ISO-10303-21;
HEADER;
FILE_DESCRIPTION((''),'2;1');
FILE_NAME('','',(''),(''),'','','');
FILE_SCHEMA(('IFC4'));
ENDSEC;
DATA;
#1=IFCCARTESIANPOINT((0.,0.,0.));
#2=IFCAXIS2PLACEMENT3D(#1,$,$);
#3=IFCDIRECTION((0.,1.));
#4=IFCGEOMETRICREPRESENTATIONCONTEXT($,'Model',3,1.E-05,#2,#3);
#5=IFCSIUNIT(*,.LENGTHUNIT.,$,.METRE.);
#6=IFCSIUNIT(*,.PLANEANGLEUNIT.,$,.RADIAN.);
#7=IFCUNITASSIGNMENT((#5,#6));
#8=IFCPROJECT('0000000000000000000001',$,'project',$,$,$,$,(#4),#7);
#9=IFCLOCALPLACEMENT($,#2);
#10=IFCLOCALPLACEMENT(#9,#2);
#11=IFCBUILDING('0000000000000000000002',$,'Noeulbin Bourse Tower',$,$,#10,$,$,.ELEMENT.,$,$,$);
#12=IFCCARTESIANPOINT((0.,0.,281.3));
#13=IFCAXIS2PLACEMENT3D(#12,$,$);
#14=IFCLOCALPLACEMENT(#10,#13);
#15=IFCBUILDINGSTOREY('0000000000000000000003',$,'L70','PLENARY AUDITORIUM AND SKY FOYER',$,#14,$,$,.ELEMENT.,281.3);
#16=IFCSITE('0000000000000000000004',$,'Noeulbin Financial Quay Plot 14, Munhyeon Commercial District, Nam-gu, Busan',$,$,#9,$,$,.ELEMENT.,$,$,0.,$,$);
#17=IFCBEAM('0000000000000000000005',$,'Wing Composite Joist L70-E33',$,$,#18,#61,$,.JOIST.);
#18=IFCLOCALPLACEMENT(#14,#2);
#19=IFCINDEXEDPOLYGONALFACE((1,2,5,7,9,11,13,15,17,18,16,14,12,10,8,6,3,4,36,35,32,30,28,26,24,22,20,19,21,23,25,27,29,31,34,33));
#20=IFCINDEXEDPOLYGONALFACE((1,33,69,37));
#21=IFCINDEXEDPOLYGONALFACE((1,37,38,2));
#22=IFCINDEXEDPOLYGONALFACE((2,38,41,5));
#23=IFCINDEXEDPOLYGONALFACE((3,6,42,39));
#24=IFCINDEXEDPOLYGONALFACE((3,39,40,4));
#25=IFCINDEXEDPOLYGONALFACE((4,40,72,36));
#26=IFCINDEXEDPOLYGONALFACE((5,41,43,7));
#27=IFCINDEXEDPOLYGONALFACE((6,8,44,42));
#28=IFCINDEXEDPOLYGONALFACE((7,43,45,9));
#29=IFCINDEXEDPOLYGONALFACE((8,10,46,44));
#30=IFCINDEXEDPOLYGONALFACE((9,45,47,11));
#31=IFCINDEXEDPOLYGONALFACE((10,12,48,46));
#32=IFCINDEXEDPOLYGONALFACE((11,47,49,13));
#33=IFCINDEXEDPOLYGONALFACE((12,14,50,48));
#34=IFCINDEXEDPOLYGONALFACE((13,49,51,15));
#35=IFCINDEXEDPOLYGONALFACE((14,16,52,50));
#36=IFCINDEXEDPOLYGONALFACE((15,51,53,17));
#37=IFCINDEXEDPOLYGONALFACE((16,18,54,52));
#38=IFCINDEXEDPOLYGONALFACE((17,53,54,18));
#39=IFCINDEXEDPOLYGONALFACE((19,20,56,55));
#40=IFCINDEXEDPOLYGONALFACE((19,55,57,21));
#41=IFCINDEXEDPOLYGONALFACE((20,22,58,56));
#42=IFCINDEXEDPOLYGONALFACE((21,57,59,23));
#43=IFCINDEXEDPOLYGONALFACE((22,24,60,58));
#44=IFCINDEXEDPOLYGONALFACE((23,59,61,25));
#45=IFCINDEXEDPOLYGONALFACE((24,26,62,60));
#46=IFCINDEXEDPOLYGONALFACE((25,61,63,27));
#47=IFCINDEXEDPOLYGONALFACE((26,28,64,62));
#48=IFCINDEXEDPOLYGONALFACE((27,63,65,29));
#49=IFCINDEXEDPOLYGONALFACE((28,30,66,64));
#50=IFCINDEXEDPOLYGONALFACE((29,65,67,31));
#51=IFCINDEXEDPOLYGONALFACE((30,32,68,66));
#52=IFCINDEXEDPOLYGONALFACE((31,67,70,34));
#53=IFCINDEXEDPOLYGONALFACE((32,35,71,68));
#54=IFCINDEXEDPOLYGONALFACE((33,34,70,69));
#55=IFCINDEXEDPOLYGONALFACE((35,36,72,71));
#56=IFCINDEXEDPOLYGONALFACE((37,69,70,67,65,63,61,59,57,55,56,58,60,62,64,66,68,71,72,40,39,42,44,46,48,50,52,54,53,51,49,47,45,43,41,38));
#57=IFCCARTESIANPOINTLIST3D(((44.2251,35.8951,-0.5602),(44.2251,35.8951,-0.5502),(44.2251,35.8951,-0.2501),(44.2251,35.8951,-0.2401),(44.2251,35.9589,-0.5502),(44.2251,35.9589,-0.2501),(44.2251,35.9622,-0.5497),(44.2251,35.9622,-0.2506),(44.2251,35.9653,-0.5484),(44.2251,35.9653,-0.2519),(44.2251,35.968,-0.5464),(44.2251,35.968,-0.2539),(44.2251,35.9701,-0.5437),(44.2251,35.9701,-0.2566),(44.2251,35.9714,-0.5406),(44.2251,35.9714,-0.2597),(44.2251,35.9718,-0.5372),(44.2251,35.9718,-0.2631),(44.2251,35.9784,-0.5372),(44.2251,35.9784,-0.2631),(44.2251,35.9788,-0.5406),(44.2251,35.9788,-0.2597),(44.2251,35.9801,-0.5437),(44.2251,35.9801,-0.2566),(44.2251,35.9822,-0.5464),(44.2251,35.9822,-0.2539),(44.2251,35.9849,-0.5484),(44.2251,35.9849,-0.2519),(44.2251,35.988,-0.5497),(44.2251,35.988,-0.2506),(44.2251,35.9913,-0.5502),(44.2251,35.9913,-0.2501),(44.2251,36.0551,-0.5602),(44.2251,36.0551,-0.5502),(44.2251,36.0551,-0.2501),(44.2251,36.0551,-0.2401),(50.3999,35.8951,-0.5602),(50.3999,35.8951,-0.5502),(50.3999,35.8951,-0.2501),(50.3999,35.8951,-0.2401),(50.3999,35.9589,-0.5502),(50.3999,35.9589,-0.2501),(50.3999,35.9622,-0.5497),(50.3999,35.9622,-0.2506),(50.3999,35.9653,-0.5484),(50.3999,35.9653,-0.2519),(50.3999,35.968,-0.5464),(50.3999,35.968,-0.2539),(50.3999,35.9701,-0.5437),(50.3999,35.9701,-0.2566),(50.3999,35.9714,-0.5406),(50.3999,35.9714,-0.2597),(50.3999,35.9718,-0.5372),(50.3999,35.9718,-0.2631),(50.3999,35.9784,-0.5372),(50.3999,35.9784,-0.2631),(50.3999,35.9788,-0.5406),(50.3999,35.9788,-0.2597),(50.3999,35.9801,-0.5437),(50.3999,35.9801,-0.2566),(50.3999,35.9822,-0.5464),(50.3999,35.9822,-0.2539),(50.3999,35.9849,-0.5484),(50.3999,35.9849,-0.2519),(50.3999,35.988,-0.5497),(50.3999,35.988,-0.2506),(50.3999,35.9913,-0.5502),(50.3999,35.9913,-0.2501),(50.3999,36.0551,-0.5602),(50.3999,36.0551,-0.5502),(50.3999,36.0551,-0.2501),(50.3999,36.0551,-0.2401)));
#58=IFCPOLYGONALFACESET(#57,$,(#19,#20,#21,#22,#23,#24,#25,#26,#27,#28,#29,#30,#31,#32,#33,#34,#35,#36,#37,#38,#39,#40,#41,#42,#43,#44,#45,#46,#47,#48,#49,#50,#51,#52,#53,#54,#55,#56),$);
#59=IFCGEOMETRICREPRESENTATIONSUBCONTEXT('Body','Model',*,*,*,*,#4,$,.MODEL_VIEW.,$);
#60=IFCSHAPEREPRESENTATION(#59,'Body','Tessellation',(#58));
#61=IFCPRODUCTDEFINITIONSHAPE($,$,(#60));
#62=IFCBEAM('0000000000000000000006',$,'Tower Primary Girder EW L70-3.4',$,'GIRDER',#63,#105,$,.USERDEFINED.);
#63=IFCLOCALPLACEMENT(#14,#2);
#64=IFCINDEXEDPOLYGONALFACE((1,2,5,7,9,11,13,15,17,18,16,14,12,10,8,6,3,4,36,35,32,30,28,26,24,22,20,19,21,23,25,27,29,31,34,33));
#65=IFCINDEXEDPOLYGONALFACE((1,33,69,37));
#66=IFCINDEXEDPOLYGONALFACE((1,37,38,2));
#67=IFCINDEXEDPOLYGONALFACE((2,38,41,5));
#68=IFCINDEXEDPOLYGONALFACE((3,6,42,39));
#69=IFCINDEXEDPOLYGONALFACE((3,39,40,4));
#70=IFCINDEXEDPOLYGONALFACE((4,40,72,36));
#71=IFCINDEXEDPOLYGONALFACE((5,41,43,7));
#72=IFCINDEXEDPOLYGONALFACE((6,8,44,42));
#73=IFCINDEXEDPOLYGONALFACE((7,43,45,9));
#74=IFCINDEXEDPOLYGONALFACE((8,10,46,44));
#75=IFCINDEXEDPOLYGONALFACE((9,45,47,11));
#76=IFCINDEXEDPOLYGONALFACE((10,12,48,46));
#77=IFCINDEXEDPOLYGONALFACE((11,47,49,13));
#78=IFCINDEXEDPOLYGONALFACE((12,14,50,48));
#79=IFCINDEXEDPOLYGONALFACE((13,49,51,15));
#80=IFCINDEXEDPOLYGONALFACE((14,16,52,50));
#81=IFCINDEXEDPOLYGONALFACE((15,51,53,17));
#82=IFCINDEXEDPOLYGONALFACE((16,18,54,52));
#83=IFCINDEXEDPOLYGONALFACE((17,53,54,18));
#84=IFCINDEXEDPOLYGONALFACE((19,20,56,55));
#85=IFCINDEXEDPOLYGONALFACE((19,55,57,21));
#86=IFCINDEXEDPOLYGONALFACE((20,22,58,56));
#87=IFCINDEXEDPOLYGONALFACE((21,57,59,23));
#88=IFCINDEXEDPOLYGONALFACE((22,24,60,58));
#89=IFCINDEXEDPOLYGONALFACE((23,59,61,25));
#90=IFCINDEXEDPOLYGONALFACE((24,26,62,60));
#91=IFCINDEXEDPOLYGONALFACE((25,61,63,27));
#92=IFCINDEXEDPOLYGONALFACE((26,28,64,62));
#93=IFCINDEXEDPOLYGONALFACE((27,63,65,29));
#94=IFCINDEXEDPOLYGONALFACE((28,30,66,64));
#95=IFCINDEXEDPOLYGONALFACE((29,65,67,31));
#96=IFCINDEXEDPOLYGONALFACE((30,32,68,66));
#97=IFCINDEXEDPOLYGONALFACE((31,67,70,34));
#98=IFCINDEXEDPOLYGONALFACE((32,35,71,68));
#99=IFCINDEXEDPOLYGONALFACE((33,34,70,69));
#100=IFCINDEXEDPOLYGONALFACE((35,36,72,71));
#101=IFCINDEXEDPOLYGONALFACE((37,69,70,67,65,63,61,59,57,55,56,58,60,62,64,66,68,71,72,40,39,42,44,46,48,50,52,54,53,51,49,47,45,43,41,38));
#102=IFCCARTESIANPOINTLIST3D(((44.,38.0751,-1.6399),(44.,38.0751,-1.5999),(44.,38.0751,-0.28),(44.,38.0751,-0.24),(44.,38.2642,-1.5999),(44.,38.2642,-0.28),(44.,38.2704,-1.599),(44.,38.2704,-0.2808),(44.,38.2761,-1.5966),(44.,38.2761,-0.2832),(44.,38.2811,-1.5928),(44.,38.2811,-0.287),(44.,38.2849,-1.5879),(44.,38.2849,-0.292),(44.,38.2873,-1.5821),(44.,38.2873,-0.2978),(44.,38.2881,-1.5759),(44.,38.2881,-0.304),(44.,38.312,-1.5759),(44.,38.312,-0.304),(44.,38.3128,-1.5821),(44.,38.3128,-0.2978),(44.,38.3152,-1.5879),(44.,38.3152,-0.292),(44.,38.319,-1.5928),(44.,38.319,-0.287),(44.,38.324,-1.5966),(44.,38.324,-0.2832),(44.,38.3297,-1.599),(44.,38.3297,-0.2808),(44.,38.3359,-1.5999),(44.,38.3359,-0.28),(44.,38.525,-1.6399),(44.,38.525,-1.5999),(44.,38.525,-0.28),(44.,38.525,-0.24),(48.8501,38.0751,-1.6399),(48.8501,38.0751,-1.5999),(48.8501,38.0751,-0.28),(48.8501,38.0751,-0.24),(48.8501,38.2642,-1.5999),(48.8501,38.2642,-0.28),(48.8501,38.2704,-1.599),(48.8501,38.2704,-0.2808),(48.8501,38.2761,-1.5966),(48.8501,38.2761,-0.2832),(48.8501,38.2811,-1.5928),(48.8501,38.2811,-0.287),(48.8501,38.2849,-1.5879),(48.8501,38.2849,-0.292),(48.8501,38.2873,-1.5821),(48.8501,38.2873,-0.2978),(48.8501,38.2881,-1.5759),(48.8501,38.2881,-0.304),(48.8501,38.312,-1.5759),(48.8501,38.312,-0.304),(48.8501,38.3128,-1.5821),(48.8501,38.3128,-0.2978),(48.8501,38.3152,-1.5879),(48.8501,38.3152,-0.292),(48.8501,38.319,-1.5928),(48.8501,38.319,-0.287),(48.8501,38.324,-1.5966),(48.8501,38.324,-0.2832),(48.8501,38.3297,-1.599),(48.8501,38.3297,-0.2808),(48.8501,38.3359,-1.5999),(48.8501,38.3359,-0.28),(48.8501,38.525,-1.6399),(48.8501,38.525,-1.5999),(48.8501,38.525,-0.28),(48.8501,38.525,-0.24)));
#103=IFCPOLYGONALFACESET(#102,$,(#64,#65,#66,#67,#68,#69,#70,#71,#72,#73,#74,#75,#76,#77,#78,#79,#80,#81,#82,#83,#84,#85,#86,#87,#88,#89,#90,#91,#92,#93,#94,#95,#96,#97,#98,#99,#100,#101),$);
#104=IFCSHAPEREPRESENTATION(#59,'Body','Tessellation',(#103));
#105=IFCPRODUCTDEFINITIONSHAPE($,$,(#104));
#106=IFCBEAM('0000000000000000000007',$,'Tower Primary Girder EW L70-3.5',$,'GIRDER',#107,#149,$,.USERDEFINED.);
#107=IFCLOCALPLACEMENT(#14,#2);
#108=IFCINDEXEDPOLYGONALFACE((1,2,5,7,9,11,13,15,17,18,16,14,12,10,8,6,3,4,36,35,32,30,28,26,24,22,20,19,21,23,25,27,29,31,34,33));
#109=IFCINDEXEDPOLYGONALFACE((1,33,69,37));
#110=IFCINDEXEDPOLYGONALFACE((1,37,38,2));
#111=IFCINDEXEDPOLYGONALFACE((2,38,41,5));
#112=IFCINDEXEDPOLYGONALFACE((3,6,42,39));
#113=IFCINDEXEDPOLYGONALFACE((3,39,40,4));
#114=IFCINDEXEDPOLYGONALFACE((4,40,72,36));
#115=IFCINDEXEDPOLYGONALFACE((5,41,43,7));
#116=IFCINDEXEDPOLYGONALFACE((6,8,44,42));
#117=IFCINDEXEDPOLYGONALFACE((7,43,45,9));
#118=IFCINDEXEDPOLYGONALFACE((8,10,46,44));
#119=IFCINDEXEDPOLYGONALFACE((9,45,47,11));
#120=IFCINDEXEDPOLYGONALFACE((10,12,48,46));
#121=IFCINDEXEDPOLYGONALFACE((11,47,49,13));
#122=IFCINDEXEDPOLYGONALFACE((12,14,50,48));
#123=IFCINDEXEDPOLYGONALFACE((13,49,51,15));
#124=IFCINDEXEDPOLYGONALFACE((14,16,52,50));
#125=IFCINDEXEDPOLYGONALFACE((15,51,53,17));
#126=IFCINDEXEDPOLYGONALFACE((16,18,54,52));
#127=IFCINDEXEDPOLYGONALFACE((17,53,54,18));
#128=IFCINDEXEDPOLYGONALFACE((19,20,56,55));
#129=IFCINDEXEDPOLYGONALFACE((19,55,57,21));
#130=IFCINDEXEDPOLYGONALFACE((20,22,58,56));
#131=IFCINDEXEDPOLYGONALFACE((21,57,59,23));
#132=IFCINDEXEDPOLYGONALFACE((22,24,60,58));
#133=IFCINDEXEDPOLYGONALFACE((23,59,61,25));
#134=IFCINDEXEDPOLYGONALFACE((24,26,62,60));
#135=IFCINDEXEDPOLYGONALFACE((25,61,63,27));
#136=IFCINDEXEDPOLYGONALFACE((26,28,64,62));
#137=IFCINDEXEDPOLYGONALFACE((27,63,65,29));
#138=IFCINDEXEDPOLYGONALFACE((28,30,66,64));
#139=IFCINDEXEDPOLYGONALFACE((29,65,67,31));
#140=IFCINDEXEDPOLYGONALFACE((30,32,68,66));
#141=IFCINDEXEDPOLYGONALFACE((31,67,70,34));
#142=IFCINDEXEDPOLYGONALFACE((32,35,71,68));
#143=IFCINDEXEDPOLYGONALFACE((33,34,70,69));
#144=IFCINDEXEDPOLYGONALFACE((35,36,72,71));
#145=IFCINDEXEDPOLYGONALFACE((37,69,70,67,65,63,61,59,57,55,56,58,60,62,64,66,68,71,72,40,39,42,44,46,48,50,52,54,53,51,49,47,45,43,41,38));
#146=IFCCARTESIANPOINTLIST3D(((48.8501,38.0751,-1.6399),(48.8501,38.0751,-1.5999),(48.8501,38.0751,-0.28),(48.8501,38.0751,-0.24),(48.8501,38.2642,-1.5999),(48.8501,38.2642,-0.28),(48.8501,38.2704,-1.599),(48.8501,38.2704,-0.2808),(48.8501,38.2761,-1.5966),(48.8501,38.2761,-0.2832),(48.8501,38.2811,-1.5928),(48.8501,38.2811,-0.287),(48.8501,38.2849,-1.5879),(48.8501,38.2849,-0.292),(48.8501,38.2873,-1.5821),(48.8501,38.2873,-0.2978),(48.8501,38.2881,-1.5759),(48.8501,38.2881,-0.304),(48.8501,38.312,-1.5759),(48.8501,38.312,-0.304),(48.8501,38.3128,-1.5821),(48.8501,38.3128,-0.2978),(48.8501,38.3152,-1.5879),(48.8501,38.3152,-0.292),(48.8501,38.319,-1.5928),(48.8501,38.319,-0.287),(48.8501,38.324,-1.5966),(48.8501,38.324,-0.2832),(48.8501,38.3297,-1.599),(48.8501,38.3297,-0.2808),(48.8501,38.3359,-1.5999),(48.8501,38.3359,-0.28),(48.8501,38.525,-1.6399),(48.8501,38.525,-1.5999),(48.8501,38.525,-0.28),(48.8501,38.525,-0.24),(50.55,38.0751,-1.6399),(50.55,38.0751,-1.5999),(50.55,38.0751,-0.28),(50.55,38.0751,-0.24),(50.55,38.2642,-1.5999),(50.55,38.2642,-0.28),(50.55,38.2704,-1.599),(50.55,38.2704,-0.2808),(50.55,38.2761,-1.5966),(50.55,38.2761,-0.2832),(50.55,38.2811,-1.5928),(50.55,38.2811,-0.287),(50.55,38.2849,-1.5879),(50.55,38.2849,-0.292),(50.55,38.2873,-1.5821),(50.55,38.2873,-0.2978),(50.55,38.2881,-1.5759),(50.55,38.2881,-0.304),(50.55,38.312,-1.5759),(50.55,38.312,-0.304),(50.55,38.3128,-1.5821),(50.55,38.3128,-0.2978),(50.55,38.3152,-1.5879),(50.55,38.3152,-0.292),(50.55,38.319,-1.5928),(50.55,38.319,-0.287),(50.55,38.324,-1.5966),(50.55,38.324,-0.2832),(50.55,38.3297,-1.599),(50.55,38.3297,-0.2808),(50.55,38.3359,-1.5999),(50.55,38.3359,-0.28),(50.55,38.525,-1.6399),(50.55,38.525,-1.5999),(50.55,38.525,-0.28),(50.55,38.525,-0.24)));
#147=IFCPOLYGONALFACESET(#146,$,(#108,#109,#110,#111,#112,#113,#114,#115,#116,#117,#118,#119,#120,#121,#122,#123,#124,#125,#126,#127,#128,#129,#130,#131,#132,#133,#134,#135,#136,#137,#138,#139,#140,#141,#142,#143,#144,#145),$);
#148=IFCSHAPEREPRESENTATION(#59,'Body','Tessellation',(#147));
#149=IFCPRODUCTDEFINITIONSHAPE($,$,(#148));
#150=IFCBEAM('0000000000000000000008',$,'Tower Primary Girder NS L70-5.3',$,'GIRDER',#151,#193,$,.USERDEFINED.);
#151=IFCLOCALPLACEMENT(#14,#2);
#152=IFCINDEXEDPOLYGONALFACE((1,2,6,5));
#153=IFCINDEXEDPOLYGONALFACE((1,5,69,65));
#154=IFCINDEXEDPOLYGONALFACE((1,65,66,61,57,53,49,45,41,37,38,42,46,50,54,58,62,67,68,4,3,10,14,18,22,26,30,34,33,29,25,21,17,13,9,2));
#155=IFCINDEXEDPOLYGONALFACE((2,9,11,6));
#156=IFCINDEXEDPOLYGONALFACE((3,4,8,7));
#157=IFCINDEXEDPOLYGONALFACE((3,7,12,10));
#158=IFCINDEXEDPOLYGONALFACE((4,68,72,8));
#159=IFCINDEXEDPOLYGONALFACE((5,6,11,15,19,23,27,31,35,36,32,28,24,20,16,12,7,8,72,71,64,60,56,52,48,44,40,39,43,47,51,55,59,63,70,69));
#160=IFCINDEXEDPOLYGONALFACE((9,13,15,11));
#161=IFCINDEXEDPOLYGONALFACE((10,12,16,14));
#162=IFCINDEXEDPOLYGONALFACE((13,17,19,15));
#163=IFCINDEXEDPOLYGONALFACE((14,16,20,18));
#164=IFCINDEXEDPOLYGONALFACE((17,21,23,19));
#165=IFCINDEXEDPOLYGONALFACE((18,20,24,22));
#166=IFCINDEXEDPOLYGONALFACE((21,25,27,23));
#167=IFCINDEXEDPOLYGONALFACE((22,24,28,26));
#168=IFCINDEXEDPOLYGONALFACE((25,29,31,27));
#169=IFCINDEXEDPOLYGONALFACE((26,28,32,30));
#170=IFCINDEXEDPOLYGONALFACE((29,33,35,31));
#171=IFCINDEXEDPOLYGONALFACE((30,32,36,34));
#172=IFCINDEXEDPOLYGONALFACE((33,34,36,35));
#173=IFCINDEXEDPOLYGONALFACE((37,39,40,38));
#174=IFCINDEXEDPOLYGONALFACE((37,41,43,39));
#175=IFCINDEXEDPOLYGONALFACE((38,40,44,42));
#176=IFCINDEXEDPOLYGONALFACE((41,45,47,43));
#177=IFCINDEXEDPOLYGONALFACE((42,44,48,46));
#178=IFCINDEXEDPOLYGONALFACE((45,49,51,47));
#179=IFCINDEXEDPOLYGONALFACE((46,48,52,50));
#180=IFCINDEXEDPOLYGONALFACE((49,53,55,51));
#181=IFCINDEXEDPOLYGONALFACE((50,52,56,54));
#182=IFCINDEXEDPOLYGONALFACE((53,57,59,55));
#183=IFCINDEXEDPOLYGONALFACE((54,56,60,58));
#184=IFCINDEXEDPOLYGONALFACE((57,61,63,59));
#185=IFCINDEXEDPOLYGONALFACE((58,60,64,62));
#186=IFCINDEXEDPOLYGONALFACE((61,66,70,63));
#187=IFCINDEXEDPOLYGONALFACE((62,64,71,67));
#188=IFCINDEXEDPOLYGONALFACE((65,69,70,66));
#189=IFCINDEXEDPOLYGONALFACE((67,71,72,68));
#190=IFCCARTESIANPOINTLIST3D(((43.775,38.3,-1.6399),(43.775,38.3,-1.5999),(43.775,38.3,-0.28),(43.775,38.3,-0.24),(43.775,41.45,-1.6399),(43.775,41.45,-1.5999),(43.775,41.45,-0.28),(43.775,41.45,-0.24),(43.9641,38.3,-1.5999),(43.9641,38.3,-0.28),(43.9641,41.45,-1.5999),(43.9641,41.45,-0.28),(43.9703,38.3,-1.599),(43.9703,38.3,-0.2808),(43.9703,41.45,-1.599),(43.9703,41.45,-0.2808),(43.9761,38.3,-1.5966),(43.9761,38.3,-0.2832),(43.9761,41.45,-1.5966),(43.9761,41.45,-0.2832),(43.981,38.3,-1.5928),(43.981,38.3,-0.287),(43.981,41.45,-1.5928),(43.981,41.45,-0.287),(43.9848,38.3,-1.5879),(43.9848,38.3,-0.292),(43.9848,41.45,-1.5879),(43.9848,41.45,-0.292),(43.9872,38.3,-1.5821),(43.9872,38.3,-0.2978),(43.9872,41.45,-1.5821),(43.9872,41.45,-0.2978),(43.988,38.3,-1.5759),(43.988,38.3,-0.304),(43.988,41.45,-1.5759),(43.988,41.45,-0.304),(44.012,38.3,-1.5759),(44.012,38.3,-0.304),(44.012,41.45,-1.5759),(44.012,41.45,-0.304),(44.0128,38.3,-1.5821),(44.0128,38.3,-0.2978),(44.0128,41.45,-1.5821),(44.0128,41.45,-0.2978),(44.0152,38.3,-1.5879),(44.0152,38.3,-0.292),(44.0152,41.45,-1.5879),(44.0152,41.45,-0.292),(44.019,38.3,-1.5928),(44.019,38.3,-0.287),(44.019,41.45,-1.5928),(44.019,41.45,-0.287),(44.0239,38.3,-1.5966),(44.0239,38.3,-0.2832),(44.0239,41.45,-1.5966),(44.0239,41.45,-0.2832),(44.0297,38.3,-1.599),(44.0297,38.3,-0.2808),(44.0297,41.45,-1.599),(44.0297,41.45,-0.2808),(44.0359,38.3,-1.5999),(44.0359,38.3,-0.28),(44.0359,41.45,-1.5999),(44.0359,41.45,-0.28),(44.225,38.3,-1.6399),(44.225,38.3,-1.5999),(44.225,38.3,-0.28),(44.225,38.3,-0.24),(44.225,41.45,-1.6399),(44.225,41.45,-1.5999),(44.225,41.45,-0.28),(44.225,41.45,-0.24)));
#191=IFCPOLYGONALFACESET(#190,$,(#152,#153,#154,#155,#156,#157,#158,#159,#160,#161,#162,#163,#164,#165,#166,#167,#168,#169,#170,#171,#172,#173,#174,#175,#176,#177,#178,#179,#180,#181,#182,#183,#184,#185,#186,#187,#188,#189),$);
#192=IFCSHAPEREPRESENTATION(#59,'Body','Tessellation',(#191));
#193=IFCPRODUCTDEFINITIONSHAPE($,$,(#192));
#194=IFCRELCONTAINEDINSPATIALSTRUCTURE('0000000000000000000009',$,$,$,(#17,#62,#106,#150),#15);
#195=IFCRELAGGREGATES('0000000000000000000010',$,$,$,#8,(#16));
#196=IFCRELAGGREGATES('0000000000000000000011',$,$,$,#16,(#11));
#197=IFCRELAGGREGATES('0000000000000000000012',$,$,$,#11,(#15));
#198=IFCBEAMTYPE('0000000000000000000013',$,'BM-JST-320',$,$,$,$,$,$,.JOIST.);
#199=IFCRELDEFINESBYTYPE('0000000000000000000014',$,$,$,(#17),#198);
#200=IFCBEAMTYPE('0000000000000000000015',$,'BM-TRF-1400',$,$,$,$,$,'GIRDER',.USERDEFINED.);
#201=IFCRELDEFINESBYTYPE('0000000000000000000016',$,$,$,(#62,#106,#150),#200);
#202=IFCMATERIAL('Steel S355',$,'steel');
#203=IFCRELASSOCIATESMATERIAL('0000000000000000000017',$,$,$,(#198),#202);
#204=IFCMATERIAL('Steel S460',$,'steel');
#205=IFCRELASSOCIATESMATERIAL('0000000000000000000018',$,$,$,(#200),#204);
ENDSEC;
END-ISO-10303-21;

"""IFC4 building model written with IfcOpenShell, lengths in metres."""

from ifc_helpers import new_model, si_unit, direction, frame, origin, origin_2d, place, context, subcontext, project, spatial, i_section, extrude, material, material_profile, profile_set, type_object, element, save


model = new_model("IFC4")

# Units and contexts
model_context = context("Model", 3, precision=1e-05, world=origin(), true_north=direction((0.0, 1.0)))
body_context = subcontext(model_context, "Body", "Model", "MODEL_VIEW")
ifc_project = project(units=[si_unit("LENGTHUNIT", "METRE"), si_unit("PLANEANGLEUNIT", "RADIAN")], contexts=[model_context])

# Site, building, storey
site_placement = place(None, origin())
site = spatial("IfcSite", under=ifc_project, at=site_placement, Name="Noeulbin Financial Quay Plot 14, Munhyeon Commercial District, Nam-gu, Busan", CompositionType="ELEMENT", RefElevation=0.0)
building_placement = place(site_placement, origin())
building = spatial("IfcBuilding", under=site, at=building_placement, Name="Noeulbin Bourse Tower", CompositionType="ELEMENT")
storey_placement = place(building_placement, frame((0.0, 0.0, 281.3)))
storey = spatial("IfcBuildingStorey", under=building, at=storey_placement, Name="L70", Description="PLENARY AUDITORIUM AND SKY FOYER", CompositionType="ELEMENT", Elevation=281.3)

# Shared definitions
ifc_material_1 = material(Name="Steel S355", Category="steel")

# Beams
ifc_material_profile_1 = material_profile(ifc_material_1, i_section(OverallWidth=0.1599, OverallDepth=0.3201, WebThickness=0.0066, FlangeThickness=0.01, FilletRadius=0.0129, at=origin_2d()), Name="H-320x160x6.5x10", Category="LoadBearing")
ifc_profile_set_1 = profile_set([ifc_material_profile_1], Name="Steel S355")
beam_type_1 = type_object("IfcBeamType", Name="BM-JST-320", PredefinedType="JOIST", material=ifc_profile_set_1)
for number, where, z_axis, x_axis, name in (
    (1, (44.2251, 35.9751, -0.4001), (1.0, 0.0, 0.0), (0.0, 1.0, 0.0), "Wing Composite Joist L70-E33"),
):
    element("IfcBeam", number, at=place(storey_placement, frame(where, z_axis=z_axis, x_axis=x_axis)), inside=storey, type_object=beam_type_1, Name=name, PredefinedType="JOIST", context=body_context, shape_type="SweptSolid", body=[
        extrude(i_section(OverallWidth=0.1599, OverallDepth=0.3201, WebThickness=0.0066, FlangeThickness=0.01, FilletRadius=0.0129, at=origin_2d()), origin(), (0.0, 0.0, 1.0), 6.1748),
    ])
ifc_material_2 = material(Name="Steel S460", Category="steel")
ifc_material_profile_2 = material_profile(ifc_material_2, i_section(OverallWidth=0.45, OverallDepth=1.3999, WebThickness=0.0239, FlangeThickness=0.04, FilletRadius=0.0239, at=origin_2d()), Name="PG-1400x450x24x40", Category="LoadBearing")
ifc_profile_set_2 = profile_set([ifc_material_profile_2], Name="Steel S460")
beam_type_2 = type_object("IfcBeamType", Name="BM-TRF-1400", ElementType="GIRDER", PredefinedType="USERDEFINED", material=ifc_profile_set_2)
beam_1_placement = place(storey_placement, frame((44.0, 38.3, -0.9399), z_axis=(1.0, 0.0, 0.0), x_axis=(0.0, 1.0, 0.0)))
element("IfcBeam", 2, at=beam_1_placement, inside=storey, type_object=beam_type_2, Name="Tower Primary Girder EW L70-3.4", ObjectType="GIRDER", PredefinedType="USERDEFINED", context=body_context, shape_type="SweptSolid", body=[
    extrude(i_section(OverallWidth=0.45, OverallDepth=1.3999, WebThickness=0.0239, FlangeThickness=0.04, FilletRadius=0.0239, at=origin_2d()), origin(), (0.0, 0.0, 1.0), 4.8501),
])
beam_2_placement = place(storey_placement, frame((48.8501, 38.3, -0.9399), z_axis=(1.0, 0.0, 0.0), x_axis=(0.0, 1.0, 0.0)))
element("IfcBeam", 3, at=beam_2_placement, inside=storey, type_object=beam_type_2, Name="Tower Primary Girder EW L70-3.5", ObjectType="GIRDER", PredefinedType="USERDEFINED", context=body_context, shape_type="SweptSolid", body=[
    extrude(i_section(OverallWidth=0.45, OverallDepth=1.3999, WebThickness=0.0239, FlangeThickness=0.04, FilletRadius=0.0239, at=origin_2d()), origin(), (0.0, 0.0, 1.0), 1.7),
])
beam_3_placement = place(storey_placement, frame((44.0, 38.3, -0.9399), z_axis=(0.0, 1.0, 0.0), x_axis=(-1.0, 0.0, 0.0)))
element("IfcBeam", 4, at=beam_3_placement, inside=storey, type_object=beam_type_2, Name="Tower Primary Girder NS L70-5.3", ObjectType="GIRDER", PredefinedType="USERDEFINED", context=body_context, shape_type="SweptSolid", body=[
    extrude(i_section(OverallWidth=0.45, OverallDepth=1.3999, WebThickness=0.0239, FlangeThickness=0.04, FilletRadius=0.0239, at=origin_2d()), origin(), (0.0, 0.0, 1.0), 3.1499),
])

save(model, "model.ifc")
